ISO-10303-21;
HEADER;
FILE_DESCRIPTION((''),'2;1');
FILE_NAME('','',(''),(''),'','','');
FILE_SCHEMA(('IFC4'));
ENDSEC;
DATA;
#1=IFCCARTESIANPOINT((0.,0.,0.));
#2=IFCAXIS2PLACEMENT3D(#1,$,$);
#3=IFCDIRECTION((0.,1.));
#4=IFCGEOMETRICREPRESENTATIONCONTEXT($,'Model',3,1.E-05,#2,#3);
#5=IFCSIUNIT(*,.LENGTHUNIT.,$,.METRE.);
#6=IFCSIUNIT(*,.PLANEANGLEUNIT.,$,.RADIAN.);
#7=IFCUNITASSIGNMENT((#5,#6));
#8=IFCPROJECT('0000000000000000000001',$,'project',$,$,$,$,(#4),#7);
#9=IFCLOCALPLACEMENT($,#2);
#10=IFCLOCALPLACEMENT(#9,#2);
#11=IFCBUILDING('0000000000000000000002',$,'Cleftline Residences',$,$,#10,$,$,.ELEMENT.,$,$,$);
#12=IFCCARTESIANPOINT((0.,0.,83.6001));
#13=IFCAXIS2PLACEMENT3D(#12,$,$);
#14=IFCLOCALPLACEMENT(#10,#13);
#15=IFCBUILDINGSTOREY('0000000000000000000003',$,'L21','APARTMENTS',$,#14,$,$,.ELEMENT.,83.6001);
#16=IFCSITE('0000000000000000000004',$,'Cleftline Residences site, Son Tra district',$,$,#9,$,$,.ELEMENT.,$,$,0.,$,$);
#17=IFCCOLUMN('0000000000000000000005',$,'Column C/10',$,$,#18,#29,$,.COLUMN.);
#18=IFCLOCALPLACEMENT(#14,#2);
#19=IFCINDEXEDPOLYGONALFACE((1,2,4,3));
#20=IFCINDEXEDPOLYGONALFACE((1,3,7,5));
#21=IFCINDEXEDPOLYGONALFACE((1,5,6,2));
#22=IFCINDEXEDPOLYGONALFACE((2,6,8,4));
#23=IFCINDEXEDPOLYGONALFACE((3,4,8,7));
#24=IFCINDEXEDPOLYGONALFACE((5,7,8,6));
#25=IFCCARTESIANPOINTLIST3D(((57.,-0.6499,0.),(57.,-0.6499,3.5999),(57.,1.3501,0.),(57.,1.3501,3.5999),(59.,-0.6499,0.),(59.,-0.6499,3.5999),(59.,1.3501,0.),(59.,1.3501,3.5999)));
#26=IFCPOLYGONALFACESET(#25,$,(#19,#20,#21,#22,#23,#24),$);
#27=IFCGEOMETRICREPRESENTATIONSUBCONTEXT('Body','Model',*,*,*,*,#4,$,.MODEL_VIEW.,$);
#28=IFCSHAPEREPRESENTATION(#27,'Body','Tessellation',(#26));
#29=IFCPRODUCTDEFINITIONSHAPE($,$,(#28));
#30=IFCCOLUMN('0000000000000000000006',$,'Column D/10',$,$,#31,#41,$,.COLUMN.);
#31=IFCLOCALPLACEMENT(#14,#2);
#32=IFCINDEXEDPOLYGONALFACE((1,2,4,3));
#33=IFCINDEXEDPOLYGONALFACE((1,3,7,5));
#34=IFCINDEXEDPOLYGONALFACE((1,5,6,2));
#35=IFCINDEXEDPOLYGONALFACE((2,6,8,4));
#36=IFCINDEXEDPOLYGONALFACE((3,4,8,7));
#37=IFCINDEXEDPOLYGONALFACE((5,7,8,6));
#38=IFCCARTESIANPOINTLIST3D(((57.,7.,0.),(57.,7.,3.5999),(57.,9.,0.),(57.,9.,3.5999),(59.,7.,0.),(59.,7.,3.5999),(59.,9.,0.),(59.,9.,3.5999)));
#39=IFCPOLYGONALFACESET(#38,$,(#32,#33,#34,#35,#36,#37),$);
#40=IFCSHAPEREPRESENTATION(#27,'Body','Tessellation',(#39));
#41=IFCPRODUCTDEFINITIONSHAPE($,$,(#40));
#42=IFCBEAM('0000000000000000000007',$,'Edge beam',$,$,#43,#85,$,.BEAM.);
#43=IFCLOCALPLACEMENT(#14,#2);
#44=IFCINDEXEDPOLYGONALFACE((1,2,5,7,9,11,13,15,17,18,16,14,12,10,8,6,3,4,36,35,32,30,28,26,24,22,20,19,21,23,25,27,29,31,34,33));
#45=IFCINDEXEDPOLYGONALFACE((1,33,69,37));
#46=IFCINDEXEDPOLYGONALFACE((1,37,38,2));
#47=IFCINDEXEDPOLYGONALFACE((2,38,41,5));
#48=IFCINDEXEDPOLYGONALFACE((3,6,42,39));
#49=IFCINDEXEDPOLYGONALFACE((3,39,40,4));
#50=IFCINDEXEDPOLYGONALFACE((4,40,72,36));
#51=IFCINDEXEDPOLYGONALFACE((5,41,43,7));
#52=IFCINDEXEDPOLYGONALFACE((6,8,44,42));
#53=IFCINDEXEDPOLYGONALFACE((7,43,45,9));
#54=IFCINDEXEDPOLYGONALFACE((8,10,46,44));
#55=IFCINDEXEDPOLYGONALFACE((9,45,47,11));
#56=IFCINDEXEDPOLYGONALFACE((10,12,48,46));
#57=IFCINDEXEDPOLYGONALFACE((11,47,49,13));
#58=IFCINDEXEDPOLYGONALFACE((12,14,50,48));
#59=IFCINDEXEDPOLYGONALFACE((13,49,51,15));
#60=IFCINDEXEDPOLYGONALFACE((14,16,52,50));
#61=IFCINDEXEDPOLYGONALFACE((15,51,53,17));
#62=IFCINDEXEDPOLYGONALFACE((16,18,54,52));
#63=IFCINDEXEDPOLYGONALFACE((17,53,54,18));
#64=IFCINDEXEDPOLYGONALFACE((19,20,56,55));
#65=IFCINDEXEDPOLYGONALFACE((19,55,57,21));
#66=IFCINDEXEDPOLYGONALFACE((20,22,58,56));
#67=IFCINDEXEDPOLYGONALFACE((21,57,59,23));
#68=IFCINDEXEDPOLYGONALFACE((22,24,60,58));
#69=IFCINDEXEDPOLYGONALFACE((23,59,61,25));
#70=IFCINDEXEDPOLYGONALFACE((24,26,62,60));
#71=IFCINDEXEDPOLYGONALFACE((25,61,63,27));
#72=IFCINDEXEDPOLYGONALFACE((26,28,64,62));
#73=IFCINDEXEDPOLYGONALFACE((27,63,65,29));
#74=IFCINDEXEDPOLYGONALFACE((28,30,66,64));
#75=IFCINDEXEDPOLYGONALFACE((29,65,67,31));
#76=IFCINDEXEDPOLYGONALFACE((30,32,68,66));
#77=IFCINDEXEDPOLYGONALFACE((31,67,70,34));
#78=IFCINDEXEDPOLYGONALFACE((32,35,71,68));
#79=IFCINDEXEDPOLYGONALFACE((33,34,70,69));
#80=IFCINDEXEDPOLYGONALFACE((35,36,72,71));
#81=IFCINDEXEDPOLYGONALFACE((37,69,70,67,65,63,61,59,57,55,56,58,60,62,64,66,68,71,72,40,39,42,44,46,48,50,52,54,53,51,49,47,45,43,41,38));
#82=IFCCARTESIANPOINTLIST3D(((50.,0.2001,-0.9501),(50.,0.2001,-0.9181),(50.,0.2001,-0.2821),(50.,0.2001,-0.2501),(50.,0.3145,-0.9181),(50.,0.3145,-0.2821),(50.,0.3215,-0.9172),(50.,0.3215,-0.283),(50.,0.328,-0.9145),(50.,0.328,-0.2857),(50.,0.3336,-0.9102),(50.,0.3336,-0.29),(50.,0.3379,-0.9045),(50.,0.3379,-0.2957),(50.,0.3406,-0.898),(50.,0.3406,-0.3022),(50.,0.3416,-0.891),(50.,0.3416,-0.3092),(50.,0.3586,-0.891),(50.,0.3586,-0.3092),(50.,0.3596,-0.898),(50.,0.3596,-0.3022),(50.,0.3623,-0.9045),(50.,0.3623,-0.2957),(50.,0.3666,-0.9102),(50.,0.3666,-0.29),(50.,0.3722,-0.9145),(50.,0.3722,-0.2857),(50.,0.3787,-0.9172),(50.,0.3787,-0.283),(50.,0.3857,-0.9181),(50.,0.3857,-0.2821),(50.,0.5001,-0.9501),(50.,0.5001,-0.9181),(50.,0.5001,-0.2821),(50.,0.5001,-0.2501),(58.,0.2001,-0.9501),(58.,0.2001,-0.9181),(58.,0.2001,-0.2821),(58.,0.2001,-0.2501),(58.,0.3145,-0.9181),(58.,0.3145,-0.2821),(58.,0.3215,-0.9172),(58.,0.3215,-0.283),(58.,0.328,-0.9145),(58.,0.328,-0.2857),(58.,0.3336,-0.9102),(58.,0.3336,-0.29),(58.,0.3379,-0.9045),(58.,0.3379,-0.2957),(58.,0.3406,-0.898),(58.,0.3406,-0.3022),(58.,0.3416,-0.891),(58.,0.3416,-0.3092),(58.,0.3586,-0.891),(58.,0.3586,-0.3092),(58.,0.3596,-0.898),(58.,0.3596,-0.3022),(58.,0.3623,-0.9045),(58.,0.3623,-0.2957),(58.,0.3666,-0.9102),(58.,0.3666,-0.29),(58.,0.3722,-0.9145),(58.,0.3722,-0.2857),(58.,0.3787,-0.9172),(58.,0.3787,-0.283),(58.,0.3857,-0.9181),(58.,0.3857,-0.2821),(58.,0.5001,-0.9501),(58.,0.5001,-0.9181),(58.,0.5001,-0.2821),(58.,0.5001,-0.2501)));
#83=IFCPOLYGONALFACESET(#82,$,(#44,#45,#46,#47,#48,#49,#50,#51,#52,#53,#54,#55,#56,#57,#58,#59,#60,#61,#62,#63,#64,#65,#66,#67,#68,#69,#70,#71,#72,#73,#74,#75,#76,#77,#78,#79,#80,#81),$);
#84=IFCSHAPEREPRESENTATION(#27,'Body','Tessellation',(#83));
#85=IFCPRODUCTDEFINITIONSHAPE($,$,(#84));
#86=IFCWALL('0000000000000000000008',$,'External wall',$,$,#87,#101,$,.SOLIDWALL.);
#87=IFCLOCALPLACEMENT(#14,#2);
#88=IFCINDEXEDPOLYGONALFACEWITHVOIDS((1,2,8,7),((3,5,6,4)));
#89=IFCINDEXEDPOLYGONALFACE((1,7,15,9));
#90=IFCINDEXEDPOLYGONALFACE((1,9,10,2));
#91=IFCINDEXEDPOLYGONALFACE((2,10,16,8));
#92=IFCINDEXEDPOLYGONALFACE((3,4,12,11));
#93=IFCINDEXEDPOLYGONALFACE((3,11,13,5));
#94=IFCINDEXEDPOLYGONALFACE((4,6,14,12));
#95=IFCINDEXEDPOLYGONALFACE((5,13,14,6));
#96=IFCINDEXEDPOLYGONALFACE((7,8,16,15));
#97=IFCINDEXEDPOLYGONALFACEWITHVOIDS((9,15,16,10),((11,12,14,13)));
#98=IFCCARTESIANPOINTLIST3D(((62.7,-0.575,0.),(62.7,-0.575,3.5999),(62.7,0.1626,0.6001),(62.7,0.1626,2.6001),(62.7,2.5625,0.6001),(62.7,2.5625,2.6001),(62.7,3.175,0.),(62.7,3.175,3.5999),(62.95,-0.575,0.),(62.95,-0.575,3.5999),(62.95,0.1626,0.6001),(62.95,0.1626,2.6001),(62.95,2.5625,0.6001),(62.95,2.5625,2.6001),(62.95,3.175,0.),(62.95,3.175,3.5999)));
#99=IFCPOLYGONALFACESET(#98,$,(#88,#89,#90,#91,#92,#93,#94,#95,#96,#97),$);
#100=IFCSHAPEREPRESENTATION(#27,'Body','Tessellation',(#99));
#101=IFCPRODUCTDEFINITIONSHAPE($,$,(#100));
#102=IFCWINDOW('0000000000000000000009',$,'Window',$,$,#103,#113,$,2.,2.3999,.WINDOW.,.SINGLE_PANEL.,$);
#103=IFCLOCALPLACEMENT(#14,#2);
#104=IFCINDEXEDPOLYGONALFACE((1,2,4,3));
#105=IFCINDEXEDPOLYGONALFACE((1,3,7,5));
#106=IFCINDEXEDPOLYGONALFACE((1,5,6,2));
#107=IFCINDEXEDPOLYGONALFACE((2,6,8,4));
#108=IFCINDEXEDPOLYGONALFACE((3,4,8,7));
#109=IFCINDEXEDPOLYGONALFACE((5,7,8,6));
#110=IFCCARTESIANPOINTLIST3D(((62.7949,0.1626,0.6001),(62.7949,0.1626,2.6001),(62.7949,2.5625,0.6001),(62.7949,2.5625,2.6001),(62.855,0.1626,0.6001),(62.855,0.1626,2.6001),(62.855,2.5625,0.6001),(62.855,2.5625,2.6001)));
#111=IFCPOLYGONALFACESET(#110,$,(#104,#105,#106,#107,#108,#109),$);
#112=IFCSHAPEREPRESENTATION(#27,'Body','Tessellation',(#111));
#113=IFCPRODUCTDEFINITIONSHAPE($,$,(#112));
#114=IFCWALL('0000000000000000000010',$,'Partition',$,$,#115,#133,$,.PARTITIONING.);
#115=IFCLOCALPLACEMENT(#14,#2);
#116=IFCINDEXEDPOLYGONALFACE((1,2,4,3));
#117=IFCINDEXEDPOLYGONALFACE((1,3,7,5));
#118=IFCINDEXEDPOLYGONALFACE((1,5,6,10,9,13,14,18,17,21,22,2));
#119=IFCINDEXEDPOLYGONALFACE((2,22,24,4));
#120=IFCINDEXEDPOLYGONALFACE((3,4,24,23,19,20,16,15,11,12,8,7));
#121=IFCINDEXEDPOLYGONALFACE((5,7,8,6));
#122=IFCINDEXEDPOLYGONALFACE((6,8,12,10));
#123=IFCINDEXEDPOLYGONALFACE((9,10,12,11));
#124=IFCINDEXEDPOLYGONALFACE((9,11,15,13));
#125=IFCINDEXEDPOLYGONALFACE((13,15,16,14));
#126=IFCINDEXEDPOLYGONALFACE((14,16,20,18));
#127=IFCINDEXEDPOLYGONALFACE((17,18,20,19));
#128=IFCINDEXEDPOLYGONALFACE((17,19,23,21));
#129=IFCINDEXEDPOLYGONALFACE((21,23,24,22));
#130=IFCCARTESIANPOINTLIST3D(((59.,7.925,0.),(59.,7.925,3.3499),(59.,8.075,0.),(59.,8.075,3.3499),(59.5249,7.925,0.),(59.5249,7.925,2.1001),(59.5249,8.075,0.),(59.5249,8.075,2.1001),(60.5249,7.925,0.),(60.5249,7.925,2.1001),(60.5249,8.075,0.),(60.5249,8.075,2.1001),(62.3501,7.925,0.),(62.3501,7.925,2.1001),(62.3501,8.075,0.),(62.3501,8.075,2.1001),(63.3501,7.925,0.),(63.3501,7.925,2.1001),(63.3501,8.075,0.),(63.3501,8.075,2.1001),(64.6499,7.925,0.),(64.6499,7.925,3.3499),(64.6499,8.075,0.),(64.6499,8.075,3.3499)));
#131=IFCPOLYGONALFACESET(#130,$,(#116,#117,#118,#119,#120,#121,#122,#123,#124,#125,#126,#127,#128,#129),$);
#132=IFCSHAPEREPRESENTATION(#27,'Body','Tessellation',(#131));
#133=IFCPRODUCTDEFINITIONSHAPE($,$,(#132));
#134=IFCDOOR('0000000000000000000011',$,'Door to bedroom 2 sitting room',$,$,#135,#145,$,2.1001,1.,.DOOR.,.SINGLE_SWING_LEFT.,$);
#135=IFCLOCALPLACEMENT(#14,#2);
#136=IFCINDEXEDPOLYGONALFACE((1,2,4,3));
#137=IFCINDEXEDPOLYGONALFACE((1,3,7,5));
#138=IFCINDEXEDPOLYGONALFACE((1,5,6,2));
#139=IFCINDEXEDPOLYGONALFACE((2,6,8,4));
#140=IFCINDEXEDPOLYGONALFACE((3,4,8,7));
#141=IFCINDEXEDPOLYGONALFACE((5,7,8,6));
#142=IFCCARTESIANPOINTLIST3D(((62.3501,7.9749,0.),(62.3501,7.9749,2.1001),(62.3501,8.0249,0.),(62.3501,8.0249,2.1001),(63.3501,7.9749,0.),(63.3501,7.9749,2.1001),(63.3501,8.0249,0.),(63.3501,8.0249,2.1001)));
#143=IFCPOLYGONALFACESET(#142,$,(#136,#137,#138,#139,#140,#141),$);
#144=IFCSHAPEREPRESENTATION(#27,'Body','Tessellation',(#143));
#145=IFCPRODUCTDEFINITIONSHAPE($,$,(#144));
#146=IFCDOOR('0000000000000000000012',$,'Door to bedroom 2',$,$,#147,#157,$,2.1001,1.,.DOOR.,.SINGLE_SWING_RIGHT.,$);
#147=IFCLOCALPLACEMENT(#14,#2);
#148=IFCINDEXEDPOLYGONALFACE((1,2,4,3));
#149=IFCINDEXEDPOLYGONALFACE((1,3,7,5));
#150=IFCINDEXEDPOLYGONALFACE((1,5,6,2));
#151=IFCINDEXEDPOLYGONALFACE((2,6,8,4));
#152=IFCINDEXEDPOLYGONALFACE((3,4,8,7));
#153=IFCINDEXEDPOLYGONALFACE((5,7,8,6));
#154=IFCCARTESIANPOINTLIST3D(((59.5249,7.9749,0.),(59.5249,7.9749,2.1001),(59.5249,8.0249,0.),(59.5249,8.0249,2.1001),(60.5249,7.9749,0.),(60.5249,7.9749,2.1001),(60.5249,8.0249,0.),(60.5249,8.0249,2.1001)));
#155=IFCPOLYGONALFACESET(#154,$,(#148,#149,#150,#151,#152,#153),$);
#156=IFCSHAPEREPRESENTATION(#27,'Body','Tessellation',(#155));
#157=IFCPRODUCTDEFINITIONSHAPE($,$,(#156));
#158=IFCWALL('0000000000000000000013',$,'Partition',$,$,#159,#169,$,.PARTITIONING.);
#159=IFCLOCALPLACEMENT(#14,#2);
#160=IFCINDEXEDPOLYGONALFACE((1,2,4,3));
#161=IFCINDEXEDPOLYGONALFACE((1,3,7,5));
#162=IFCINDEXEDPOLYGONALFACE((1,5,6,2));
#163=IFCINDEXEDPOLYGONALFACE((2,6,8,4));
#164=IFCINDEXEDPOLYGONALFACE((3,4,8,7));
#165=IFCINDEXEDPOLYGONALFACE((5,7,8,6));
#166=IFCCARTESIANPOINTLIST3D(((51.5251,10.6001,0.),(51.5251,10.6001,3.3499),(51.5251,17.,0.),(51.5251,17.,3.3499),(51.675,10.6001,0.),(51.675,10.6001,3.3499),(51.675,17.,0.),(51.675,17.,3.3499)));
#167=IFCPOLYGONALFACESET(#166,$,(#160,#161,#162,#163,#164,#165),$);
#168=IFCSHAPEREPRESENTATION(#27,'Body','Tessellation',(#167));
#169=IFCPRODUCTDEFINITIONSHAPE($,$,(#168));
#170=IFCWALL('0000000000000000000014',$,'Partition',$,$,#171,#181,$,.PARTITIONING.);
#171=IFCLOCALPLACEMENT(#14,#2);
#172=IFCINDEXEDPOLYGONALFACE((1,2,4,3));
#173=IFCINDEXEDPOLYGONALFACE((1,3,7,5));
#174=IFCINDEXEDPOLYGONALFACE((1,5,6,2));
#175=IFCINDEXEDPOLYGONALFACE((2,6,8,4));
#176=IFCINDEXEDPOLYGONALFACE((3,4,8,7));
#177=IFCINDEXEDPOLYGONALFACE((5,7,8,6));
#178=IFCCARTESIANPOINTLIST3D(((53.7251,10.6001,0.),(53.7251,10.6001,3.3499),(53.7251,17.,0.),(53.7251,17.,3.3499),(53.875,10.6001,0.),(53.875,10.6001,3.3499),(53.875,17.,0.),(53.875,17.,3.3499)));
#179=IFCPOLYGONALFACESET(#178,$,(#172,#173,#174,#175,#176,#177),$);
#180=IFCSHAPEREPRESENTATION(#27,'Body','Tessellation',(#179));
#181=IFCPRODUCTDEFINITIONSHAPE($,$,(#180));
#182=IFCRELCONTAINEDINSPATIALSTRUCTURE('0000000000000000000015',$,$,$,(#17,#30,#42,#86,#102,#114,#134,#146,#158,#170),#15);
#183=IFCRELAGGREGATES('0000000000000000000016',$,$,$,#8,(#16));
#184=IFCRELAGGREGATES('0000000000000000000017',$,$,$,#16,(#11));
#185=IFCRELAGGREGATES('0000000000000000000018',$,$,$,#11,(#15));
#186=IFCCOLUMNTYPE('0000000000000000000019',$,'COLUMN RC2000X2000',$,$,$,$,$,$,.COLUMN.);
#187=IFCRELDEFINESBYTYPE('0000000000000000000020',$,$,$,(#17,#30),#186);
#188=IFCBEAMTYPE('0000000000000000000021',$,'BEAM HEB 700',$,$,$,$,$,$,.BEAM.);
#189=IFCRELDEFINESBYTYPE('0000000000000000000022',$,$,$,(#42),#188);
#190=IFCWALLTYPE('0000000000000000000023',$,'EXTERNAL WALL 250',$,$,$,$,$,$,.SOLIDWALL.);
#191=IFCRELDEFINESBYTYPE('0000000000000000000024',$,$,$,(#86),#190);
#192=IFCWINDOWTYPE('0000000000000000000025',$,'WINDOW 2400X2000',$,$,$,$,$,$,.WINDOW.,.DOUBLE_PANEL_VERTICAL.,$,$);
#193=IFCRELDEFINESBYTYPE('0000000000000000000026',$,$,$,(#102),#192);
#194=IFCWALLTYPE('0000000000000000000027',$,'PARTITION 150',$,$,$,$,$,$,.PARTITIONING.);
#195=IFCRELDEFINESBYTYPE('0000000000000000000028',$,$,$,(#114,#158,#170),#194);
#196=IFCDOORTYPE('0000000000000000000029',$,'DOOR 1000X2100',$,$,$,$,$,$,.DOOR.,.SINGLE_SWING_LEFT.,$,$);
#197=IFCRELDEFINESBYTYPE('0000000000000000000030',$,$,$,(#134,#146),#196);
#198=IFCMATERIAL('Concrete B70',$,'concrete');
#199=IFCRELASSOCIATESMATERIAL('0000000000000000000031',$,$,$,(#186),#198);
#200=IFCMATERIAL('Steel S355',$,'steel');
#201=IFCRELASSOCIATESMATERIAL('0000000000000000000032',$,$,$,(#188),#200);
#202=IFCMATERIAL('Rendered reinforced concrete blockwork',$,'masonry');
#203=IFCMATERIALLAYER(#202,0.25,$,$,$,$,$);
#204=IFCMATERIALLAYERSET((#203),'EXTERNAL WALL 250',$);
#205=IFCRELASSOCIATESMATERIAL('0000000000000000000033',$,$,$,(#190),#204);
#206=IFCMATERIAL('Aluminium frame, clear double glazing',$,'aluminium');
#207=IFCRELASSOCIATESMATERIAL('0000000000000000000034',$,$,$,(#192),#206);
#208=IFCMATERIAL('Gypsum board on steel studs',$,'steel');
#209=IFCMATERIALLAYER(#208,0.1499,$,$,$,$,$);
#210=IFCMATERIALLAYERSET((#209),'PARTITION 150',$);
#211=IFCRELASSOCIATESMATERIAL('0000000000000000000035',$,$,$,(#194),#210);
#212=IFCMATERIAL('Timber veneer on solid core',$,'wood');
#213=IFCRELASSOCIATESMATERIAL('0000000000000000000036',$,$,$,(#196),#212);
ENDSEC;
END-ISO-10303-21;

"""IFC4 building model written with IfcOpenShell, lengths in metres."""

from ifc_helpers import new_model, si_unit, direction, frame, frame_2d, origin, origin_2d, place, context, subcontext, project, spatial, rectangle, i_section, extrude, material, layer, layer_set, material_profile, profile_set, type_object, element, fill, save


model = new_model("IFC4")

# Units and contexts
model_context = context("Model", 3, precision=1e-05, world=origin(), true_north=direction((0.0, 1.0)))
body_context = subcontext(model_context, "Body", "Model", "MODEL_VIEW")
ifc_project = project(units=[si_unit("LENGTHUNIT", "METRE"), si_unit("PLANEANGLEUNIT", "RADIAN")], contexts=[model_context])

# Site, building, storey
site_placement = place(None, origin())
site = spatial("IfcSite", under=ifc_project, at=site_placement, Name="Cleftline Residences site, Son Tra district", CompositionType="ELEMENT", RefElevation=0.0)
building_placement = place(site_placement, origin())
building = spatial("IfcBuilding", under=site, at=building_placement, Name="Cleftline Residences", CompositionType="ELEMENT")
storey_placement = place(building_placement, frame((0.0, 0.0, 83.6001)))
storey = spatial("IfcBuildingStorey", under=building, at=storey_placement, Name="L21", Description="APARTMENTS", CompositionType="ELEMENT", Elevation=83.6001)

# Columns
ifc_material_1 = material(Name="Concrete B70", Category="concrete")
ifc_material_profile_1 = material_profile(ifc_material_1, rectangle(XDim=2.0, YDim=2.0, at=origin_2d()))
ifc_profile_set_1 = profile_set([ifc_material_profile_1], Name="Concrete B70")
column_type = type_object("IfcColumnType", Name="COLUMN RC2000X2000", PredefinedType="COLUMN", material=ifc_profile_set_1)
for number, where, z_axis, x_axis, name in (
    (1, (58.0, 0.3501, 0.0), (0.0, 0.0, 1.0), (1.0, 0.0, 0.0), "Column C/10"),
    (2, (58.0, 8.0, 0.0), (0.0, 0.0, 1.0), (1.0, 0.0, 0.0), "Column D/10"),
):
    element("IfcColumn", number, at=place(storey_placement, frame(where, z_axis=z_axis, x_axis=x_axis)), inside=storey, type_object=column_type, Name=name, PredefinedType="COLUMN", context=body_context, shape_type="SweptSolid", body=[
        extrude(rectangle(XDim=2.0, YDim=2.0, at=origin_2d()), origin(), (0.0, 0.0, 1.0), 3.5999),
    ])

# Beam
ifc_material_2 = material(Name="Steel S355", Category="steel")
ifc_material_profile_2 = material_profile(ifc_material_2, i_section(OverallWidth=0.3, OverallDepth=0.7, WebThickness=0.0171, FlangeThickness=0.032, FilletRadius=0.0271, at=origin_2d()))
ifc_profile_set_2 = profile_set([ifc_material_profile_2], Name="Steel S355")
beam_type = type_object("IfcBeamType", Name="BEAM HEB 700", PredefinedType="BEAM", material=ifc_profile_set_2)
beam_placement = place(storey_placement, frame((58.0, 0.3501, -0.6001), z_axis=(-1.0, 0.0, 0.0), x_axis=(0.0, -1.0, 0.0)))
element("IfcBeam", 3, at=beam_placement, inside=storey, type_object=beam_type, Name="Edge beam", PredefinedType="BEAM", context=body_context, shape_type="SweptSolid", body=[
    extrude(i_section(OverallWidth=0.3, OverallDepth=0.7, WebThickness=0.0171, FlangeThickness=0.032, FilletRadius=0.0271, at=origin_2d()), origin(), (0.0, 0.0, 1.0), 8.0),
])

# Wall, opening, window
ifc_material_3 = material(Name="Rendered reinforced concrete blockwork", Category="masonry")
ifc_layer_1 = layer(ifc_material_3, 0.25)
ifc_layer_set_1 = layer_set([ifc_layer_1], Name="EXTERNAL WALL 250")
wall_type_1 = type_object("IfcWallType", Name="EXTERNAL WALL 250", PredefinedType="SOLIDWALL", material=ifc_layer_set_1)
wall_1_placement = place(storey_placement, frame((62.825, -0.575, 0.0), z_axis=(0.0, 0.0, 1.0), x_axis=(0.0, 1.0, 0.0)))
wall_1 = element("IfcWall", 4, at=wall_1_placement, inside=storey, type_object=wall_type_1, Name="External wall", PredefinedType="SOLIDWALL", context=body_context, shape_type="SweptSolid", body=[
    extrude(rectangle(XDim=3.75, YDim=0.25, at=frame_2d((1.875, 0.0))), origin(), (0.0, 0.0, 1.0), 3.5999),
])
opening_1_placement = place(wall_1_placement, frame((0.7375, 0.0, 0.6001)))
opening_1 = element("IfcOpeningElement", 5, at=opening_1_placement, cuts=wall_1, PredefinedType="OPENING", context=body_context, shape_type="SweptSolid", body=[
    extrude(rectangle(XDim=2.3999, YDim=2.0, at=frame_2d((1.2, 1.0))), frame((0.0, 0.135, 0.0), z_axis=(0.0, -1.0, 0.0), x_axis=(1.0, 0.0, 0.0)), (0.0, 0.0, 1.0), 0.27),
])
ifc_material_4 = material(Name="Aluminium frame, clear double glazing", Category="aluminium")
window_type = type_object("IfcWindowType", Name="WINDOW 2400X2000", PartitioningType="DOUBLE_PANEL_VERTICAL", PredefinedType="WINDOW", material=ifc_material_4)
window_placement = place(opening_1_placement, origin())
window = element("IfcWindow", 6, at=window_placement, inside=storey, type_object=window_type, Name="Window", OverallHeight=2.0, OverallWidth=2.3999, PartitioningType="SINGLE_PANEL", PredefinedType="WINDOW", context=body_context, shape_type="SweptSolid", body=[
    extrude(rectangle(XDim=2.3999, YDim=2.0, at=frame_2d((1.2, 1.0))), frame((0.0, 0.03, 0.0), z_axis=(0.0, -1.0, 0.0), x_axis=(1.0, 0.0, 0.0)), (0.0, 0.0, 1.0), 0.0601),
])
fill(opening_1, window)

# Wall, openings, doors
ifc_material_5 = material(Name="Gypsum board on steel studs", Category="steel")
ifc_layer_2 = layer(ifc_material_5, 0.1499)
ifc_layer_set_2 = layer_set([ifc_layer_2], Name="PARTITION 150")
wall_type_2 = type_object("IfcWallType", Name="PARTITION 150", PredefinedType="PARTITIONING", material=ifc_layer_set_2)
wall_2_placement = place(storey_placement, frame((59.0, 8.0, 0.0), z_axis=(0.0, 0.0, 1.0), x_axis=(1.0, 0.0, 0.0)))
wall_2 = element("IfcWall", 7, at=wall_2_placement, inside=storey, type_object=wall_type_2, Name="Partition", PredefinedType="PARTITIONING", context=body_context, shape_type="SweptSolid", body=[
    extrude(rectangle(XDim=5.6499, YDim=0.1499, at=frame_2d((2.825, 0.0))), origin(), (0.0, 0.0, 1.0), 3.3499),
])
opening_2_placement = place(wall_2_placement, frame((3.3501, 0.0, 0.0)))
opening_2 = element("IfcOpeningElement", 8, at=opening_2_placement, cuts=wall_2, PredefinedType="OPENING", context=body_context, shape_type="SweptSolid", body=[
    extrude(rectangle(XDim=1.0, YDim=2.1001, at=frame_2d((0.5, 1.05))), frame((0.0, 0.085, 0.0), z_axis=(0.0, -1.0, 0.0), x_axis=(1.0, 0.0, 0.0)), (0.0, 0.0, 1.0), 0.1699),
])
opening_3_placement = place(wall_2_placement, frame((0.5249, 0.0, 0.0)))
opening_3 = element("IfcOpeningElement", 9, at=opening_3_placement, cuts=wall_2, PredefinedType="OPENING", context=body_context, shape_type="SweptSolid", body=[
    extrude(rectangle(XDim=1.0, YDim=2.1001, at=frame_2d((0.5, 1.05))), frame((0.0, 0.085, 0.0), z_axis=(0.0, -1.0, 0.0), x_axis=(1.0, 0.0, 0.0)), (0.0, 0.0, 1.0), 0.1699),
])
ifc_material_6 = material(Name="Timber veneer on solid core", Category="wood")
door_type_1 = type_object("IfcDoorType", Name="DOOR 1000X2100", OperationType="SINGLE_SWING_LEFT", PredefinedType="DOOR", material=ifc_material_6)
door_1_placement = place(opening_2_placement, origin())
door_1 = element("IfcDoor", 10, at=door_1_placement, inside=storey, type_object=door_type_1, Name="Door to bedroom 2 sitting room", OperationType="SINGLE_SWING_LEFT", OverallHeight=2.1001, OverallWidth=1.0, PredefinedType="DOOR", context=body_context, shape_type="SweptSolid", body=[
    extrude(rectangle(XDim=1.0, YDim=2.1001, at=frame_2d((0.5, 1.05))), frame((0.0, 0.0249, 0.0), z_axis=(0.0, -1.0, 0.0), x_axis=(1.0, 0.0, 0.0)), (0.0, 0.0, 1.0), 0.05),
])
fill(opening_2, door_1)
door_2_placement = place(opening_3_placement, origin())
door_2 = element("IfcDoor", 11, at=door_2_placement, inside=storey, type_object=door_type_1, Name="Door to bedroom 2", OperationType="SINGLE_SWING_RIGHT", OverallHeight=2.1001, OverallWidth=1.0, PredefinedType="DOOR", context=body_context, shape_type="SweptSolid", body=[
    extrude(rectangle(XDim=1.0, YDim=2.1001, at=frame_2d((0.5, 1.05))), frame((0.0, 0.0249, 0.0), z_axis=(0.0, -1.0, 0.0), x_axis=(1.0, 0.0, 0.0)), (0.0, 0.0, 1.0), 0.05),
])
fill(opening_3, door_2)

# Walls
for number, where, z_axis, x_axis, name in (
    (12, (51.6001, 10.6001, 0.0), (0.0, 0.0, 1.0), (0.0, 1.0, 0.0), "Partition"),
    (13, (53.8, 10.6001, 0.0), (0.0, 0.0, 1.0), (0.0, 1.0, 0.0), "Partition"),
):
    element("IfcWall", number, at=place(storey_placement, frame(where, z_axis=z_axis, x_axis=x_axis)), inside=storey, type_object=wall_type_2, Name=name, PredefinedType="PARTITIONING", context=body_context, shape_type="SweptSolid", body=[
        extrude(rectangle(XDim=6.3999, YDim=0.1499, at=frame_2d((3.2, 0.0))), origin(), (0.0, 0.0, 1.0), 3.3499),
    ])

save(model, "model.ifc")
